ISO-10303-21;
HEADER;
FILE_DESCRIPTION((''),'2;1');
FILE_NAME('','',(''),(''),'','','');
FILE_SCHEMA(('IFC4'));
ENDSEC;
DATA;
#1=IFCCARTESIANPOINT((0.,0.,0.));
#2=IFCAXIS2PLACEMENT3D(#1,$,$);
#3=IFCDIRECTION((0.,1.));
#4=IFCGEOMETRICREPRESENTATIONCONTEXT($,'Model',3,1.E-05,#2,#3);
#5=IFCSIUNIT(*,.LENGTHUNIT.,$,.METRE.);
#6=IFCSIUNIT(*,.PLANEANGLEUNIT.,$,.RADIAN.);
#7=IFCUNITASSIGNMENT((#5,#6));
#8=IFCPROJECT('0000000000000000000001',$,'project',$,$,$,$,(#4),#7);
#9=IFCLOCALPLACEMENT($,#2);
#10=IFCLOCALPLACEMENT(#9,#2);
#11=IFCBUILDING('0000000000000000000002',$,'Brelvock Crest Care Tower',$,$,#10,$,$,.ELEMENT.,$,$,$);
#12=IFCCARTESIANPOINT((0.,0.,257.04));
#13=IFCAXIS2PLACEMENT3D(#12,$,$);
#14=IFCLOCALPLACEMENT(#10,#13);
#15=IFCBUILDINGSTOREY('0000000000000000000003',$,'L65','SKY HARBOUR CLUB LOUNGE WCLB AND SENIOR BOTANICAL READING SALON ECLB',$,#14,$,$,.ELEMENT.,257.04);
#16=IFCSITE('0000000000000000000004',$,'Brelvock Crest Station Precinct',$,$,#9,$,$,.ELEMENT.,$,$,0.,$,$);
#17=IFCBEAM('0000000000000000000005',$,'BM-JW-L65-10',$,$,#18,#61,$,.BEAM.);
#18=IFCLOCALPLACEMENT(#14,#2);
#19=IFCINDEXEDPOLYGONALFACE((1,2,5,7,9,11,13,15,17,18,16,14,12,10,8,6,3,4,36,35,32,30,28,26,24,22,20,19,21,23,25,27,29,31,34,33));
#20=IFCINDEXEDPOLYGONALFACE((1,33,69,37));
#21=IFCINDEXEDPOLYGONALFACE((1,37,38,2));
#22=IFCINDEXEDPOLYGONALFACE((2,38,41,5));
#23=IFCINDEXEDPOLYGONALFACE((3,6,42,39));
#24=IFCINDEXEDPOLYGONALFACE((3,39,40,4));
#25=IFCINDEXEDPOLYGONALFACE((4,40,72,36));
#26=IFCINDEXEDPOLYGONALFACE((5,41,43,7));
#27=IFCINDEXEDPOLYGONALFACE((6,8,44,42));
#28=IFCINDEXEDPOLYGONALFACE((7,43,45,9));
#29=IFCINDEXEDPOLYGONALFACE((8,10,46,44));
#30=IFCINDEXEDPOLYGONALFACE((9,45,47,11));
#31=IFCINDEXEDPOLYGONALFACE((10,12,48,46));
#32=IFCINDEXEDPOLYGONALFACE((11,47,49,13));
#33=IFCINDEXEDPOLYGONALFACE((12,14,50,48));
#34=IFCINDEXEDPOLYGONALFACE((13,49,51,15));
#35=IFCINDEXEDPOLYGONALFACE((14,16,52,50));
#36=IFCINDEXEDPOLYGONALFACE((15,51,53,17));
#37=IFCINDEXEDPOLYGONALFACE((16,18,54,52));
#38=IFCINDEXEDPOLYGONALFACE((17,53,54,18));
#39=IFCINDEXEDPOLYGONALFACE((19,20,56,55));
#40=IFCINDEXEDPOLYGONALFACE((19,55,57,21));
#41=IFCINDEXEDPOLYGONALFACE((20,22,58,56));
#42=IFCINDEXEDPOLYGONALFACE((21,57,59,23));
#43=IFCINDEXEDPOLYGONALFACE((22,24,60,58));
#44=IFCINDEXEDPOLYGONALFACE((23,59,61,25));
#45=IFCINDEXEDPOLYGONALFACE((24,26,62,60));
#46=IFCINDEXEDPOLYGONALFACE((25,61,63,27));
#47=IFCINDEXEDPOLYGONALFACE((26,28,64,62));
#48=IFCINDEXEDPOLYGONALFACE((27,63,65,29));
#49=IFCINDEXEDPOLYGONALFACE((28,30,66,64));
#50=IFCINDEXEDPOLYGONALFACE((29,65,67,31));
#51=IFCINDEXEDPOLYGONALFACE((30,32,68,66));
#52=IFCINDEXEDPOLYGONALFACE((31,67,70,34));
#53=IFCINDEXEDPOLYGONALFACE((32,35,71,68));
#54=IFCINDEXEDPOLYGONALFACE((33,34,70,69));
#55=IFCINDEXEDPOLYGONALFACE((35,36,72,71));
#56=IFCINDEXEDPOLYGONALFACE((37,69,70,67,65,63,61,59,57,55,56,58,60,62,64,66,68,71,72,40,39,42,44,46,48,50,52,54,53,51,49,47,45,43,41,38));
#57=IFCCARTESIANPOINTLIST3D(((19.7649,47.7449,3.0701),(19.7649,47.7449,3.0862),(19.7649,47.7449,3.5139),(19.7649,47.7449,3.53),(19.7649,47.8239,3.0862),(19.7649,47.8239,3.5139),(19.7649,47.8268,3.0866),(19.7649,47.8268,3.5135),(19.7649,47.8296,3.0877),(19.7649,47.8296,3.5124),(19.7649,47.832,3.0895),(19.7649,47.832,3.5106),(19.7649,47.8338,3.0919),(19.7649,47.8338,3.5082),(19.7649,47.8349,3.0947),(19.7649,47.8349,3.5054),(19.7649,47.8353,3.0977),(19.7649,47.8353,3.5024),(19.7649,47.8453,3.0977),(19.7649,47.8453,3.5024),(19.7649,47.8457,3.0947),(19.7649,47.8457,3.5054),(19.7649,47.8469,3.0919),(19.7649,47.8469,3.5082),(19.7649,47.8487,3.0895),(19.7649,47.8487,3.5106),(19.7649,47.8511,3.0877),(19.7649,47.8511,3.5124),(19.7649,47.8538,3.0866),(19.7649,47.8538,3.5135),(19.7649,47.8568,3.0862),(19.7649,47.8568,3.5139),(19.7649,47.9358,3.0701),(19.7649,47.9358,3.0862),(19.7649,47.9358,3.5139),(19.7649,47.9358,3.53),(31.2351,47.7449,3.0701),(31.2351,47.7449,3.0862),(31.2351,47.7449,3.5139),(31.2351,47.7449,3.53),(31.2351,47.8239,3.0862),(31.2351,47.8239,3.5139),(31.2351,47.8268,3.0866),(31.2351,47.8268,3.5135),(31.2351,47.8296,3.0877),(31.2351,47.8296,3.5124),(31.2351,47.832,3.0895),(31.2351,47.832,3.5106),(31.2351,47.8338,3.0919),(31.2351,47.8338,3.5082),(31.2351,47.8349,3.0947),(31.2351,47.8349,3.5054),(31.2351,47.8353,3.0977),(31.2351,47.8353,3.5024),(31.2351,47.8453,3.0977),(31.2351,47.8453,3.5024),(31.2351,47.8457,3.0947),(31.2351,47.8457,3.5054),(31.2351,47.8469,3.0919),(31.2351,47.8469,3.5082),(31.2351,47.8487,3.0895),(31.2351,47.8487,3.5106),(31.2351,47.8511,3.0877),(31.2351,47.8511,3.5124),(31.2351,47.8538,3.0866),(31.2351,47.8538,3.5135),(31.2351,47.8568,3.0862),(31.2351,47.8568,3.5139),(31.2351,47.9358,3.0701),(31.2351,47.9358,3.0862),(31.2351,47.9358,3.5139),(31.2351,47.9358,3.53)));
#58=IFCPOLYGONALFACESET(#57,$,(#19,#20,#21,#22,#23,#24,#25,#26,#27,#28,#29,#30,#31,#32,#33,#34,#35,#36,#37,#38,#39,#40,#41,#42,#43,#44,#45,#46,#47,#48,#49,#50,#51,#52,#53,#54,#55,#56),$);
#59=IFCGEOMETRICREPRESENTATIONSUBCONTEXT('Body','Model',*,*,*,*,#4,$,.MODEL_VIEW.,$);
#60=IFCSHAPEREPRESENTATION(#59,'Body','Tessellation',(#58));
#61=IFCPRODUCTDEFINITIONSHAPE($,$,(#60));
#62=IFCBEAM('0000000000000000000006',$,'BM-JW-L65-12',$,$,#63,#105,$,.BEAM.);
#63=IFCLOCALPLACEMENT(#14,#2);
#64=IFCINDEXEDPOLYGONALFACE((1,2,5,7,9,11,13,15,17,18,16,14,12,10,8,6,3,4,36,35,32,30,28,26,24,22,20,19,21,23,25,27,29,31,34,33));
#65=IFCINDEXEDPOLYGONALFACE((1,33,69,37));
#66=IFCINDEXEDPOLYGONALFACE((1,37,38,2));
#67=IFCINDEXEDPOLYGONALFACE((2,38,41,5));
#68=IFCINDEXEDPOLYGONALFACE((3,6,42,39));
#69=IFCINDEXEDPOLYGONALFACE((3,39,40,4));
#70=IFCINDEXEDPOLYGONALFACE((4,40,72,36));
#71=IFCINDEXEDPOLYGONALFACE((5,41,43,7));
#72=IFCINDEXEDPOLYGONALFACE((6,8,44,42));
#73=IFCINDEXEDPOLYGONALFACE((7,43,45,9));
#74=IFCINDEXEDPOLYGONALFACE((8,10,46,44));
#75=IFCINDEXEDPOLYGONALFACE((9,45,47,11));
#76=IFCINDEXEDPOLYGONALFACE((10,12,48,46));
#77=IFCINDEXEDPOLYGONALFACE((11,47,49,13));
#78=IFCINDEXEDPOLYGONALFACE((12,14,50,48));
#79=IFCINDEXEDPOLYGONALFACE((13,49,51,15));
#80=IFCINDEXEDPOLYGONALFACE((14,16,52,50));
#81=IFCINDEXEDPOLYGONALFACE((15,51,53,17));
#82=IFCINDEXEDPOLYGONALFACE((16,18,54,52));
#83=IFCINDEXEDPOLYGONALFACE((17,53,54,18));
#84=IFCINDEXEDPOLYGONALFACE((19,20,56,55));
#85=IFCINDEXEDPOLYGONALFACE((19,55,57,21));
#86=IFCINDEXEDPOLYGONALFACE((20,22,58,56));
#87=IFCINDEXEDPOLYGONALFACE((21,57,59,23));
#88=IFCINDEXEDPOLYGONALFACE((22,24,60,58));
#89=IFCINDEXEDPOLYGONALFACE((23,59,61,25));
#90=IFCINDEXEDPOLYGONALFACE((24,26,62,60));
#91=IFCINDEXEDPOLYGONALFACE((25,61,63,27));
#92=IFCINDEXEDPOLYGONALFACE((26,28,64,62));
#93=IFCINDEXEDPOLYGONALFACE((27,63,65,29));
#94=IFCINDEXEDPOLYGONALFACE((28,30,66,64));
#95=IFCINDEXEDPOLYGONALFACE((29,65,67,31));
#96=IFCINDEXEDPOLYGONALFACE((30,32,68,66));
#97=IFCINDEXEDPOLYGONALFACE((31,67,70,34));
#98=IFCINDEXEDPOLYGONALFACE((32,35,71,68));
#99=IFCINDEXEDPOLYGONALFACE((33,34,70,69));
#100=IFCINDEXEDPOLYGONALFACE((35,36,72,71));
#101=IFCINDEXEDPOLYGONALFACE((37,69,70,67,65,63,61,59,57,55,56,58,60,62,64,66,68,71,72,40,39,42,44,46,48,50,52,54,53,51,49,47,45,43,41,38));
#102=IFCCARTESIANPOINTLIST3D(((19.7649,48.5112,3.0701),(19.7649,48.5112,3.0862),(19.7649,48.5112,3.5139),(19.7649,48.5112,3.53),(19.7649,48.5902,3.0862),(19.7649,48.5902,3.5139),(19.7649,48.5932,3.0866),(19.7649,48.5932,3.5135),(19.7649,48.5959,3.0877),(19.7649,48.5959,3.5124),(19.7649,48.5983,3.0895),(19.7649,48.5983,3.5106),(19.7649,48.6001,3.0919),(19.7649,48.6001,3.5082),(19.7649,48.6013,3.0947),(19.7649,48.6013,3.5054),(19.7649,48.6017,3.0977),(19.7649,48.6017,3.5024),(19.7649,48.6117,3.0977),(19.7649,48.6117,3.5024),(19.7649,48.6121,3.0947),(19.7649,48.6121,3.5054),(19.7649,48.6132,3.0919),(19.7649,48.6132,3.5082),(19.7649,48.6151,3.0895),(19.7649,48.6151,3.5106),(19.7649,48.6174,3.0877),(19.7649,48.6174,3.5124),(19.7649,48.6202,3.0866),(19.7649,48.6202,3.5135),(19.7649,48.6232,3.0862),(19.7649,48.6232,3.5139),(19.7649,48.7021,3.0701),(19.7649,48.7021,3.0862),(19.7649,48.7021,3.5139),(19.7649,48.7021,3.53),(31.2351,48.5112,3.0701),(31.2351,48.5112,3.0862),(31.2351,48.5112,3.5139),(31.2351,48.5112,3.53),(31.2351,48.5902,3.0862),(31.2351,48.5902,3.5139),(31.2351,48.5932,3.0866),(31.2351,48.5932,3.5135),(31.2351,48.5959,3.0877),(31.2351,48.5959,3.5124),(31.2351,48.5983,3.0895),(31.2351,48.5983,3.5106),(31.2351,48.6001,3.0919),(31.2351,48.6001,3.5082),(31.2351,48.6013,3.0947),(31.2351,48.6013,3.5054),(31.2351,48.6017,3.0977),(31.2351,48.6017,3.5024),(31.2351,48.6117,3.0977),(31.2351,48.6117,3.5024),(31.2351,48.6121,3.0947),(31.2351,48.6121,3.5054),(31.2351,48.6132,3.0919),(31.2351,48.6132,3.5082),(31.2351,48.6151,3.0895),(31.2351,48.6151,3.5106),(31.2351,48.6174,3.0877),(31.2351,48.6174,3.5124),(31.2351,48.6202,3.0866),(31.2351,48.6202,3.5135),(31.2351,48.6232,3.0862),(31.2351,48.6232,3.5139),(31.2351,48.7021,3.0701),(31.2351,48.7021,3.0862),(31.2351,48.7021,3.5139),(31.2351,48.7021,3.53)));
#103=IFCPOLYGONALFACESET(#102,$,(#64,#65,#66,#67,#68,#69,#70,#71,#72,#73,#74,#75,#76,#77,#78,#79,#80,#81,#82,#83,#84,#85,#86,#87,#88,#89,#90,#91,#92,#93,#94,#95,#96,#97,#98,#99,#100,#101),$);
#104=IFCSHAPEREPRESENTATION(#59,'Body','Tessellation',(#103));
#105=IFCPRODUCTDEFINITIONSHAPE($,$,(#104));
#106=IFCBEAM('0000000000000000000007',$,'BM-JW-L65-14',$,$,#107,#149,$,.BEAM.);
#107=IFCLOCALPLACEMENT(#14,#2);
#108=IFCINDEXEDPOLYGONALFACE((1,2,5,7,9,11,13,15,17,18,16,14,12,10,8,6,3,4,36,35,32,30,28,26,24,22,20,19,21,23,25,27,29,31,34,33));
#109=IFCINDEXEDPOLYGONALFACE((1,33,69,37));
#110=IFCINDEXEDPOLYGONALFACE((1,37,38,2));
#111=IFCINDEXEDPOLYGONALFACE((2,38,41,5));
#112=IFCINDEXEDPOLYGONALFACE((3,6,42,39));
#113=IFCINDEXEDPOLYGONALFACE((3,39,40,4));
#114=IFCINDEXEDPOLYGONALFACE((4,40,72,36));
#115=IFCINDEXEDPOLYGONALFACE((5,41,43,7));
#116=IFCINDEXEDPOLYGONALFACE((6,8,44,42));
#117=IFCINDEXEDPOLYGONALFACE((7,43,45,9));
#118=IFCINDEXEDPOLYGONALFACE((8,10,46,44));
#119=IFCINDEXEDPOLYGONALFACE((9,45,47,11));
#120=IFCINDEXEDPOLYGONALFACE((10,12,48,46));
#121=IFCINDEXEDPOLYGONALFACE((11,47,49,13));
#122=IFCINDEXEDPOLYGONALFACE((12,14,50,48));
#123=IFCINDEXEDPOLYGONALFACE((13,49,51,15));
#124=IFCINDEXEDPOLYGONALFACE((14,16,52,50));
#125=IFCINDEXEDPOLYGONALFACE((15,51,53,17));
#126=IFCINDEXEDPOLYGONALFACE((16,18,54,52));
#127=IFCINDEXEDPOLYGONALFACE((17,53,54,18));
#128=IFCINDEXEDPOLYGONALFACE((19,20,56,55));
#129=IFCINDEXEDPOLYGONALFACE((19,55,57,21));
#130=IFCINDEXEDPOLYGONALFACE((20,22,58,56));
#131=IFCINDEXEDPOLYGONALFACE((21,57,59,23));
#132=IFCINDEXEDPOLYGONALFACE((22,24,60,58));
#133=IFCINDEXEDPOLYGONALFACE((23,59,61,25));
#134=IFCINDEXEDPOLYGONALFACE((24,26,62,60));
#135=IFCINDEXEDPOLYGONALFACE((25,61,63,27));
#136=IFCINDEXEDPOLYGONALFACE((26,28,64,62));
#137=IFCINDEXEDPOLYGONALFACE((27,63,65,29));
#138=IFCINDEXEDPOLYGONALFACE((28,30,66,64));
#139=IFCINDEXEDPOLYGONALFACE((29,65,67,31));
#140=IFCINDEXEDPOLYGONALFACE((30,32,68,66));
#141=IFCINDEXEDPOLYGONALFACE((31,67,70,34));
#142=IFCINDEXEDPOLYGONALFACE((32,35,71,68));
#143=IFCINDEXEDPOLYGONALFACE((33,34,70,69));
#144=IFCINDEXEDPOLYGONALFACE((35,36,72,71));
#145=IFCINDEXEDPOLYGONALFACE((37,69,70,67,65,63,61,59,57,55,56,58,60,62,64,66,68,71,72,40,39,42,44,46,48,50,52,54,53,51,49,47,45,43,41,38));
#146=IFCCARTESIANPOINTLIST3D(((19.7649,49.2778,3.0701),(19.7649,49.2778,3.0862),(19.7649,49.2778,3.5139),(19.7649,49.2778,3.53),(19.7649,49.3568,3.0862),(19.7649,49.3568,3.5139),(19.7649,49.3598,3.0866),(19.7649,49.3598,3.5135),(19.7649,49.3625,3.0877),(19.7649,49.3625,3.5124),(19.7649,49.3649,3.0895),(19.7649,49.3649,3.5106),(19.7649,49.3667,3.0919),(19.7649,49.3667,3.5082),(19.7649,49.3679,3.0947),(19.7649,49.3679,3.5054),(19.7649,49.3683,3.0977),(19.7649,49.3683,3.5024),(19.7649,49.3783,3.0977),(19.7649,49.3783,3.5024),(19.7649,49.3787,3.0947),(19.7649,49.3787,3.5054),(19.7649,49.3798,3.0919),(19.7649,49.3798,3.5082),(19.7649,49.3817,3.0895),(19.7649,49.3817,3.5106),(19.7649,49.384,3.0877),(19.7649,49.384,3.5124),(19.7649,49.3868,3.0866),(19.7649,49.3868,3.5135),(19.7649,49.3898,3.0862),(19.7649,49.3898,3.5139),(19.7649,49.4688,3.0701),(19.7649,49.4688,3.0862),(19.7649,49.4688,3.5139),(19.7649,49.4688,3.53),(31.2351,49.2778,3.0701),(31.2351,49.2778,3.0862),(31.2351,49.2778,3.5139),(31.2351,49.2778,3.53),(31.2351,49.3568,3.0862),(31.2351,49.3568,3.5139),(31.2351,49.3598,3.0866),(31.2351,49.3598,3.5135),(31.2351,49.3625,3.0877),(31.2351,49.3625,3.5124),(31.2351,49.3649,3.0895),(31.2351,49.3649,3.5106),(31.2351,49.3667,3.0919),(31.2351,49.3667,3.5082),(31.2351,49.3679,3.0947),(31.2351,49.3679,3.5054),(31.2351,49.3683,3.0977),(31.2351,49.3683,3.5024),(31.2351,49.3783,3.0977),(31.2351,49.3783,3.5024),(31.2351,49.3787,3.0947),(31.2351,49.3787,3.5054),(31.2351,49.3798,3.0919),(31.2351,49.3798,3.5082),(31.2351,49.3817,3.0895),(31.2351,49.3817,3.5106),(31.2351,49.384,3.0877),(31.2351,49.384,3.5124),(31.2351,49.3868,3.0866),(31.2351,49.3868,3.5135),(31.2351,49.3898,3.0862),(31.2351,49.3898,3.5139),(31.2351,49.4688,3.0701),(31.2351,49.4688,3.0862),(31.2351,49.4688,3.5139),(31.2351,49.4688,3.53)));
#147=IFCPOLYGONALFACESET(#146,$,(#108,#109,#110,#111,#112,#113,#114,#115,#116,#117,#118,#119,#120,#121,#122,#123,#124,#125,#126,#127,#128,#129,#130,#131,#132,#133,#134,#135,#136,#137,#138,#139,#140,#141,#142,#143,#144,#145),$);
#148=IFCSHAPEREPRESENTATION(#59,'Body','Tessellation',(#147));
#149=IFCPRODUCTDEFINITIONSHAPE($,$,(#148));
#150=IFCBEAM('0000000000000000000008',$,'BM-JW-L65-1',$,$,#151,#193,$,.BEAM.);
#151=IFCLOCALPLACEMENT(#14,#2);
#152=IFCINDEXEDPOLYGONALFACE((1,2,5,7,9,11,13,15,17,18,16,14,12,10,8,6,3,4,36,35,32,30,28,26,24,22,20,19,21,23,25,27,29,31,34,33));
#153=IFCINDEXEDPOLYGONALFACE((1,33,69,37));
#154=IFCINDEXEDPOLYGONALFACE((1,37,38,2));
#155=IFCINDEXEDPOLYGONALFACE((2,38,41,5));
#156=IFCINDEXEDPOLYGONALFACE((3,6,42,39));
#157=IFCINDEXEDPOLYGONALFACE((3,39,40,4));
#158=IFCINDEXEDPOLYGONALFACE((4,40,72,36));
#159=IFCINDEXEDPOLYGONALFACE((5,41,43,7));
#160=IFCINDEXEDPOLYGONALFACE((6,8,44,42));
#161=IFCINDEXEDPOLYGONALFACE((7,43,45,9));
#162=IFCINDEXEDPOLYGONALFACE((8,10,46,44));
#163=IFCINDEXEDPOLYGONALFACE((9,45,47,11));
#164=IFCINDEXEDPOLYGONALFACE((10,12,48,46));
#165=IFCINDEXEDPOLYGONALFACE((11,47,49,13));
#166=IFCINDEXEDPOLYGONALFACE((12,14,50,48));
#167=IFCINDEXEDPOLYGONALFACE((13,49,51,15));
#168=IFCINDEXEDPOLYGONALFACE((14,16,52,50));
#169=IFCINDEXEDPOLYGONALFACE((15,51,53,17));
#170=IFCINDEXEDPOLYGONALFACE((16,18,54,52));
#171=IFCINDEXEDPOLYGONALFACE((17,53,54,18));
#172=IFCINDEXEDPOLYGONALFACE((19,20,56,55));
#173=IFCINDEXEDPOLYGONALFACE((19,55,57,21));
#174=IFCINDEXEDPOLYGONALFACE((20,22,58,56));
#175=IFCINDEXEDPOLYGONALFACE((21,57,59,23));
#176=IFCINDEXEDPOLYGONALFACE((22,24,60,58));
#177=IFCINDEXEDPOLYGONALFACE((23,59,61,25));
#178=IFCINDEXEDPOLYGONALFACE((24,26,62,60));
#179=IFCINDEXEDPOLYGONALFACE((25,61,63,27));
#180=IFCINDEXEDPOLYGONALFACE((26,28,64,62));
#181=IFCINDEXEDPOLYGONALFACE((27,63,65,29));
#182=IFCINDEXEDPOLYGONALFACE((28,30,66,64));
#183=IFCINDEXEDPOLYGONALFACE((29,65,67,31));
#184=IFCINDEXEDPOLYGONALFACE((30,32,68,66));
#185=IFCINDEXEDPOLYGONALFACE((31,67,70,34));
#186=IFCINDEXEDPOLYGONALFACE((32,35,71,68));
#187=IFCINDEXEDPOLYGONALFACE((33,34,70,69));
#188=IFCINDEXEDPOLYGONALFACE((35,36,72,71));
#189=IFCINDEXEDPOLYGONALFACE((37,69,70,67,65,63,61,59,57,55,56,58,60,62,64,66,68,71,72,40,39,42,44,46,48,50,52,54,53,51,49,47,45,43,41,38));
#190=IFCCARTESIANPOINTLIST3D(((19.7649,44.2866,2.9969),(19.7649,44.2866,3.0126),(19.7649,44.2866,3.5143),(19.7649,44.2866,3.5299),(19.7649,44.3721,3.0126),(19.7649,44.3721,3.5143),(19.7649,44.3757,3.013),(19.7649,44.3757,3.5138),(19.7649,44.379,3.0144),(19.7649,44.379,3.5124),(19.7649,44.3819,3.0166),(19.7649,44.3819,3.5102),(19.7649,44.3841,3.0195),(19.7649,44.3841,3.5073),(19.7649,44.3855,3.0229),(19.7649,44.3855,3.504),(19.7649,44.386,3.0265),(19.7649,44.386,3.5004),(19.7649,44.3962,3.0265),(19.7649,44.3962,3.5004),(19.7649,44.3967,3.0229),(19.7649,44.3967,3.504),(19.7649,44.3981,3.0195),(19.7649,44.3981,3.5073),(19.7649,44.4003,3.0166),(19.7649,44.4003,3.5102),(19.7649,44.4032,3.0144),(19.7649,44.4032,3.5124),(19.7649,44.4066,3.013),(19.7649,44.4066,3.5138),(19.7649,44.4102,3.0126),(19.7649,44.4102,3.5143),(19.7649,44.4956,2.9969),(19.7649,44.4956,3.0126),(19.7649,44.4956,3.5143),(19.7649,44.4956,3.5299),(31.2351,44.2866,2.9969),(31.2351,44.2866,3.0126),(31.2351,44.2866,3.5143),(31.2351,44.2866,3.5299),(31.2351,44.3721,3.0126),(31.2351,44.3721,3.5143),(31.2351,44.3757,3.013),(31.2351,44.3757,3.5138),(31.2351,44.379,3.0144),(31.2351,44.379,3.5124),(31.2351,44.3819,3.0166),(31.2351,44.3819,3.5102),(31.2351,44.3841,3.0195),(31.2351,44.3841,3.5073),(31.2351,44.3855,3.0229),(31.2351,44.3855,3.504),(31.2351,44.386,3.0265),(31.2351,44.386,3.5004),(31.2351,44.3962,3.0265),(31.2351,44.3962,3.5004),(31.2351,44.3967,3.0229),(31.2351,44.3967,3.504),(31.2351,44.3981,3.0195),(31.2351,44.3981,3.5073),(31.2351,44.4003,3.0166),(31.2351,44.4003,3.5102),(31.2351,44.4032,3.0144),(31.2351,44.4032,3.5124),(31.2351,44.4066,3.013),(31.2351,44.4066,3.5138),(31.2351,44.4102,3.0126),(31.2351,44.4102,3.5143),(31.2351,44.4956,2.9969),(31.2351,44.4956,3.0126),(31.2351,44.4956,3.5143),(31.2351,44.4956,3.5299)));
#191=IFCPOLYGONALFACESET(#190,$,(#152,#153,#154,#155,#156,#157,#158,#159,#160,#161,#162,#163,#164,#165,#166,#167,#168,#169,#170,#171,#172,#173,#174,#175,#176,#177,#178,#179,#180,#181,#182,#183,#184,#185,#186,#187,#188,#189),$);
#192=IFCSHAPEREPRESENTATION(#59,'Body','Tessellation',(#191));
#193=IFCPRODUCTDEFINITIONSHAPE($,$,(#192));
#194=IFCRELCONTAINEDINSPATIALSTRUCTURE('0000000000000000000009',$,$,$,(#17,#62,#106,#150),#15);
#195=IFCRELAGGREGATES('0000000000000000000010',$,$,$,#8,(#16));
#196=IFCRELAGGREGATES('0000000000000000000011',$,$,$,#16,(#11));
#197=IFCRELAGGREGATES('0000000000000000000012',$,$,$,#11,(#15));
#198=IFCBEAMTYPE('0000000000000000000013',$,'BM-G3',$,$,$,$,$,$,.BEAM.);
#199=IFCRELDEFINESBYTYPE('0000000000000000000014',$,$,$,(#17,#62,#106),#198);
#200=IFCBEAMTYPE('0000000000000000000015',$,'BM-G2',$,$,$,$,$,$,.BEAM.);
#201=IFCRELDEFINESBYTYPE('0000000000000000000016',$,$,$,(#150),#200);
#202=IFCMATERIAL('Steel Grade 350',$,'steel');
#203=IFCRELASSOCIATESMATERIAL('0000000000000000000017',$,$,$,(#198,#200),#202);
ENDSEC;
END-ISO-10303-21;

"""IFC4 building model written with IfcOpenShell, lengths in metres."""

from ifc_helpers import new_model, si_unit, direction, frame, origin, origin_2d, place, context, subcontext, project, spatial, i_section, extrude, source, transform, mapped, material, material_profile, profile_set, type_object, element, save


model = new_model("IFC4")

# Units and contexts
model_context = context("Model", 3, precision=1e-05, world=origin(), true_north=direction((0.0, 1.0)))
body_context = subcontext(model_context, "Body", "Model", "MODEL_VIEW")
ifc_project = project(units=[si_unit("LENGTHUNIT", "METRE"), si_unit("PLANEANGLEUNIT", "RADIAN")], contexts=[model_context])

# Site, building, storey
site_placement = place(None, origin())
site = spatial("IfcSite", under=ifc_project, at=site_placement, Name="Brelvock Crest Station Precinct", CompositionType="ELEMENT", RefElevation=0.0)
building_placement = place(site_placement, origin())
building = spatial("IfcBuilding", under=site, at=building_placement, Name="Brelvock Crest Care Tower", CompositionType="ELEMENT")
storey_placement = place(building_placement, frame((0.0, 0.0, 257.04)))
storey = spatial("IfcBuildingStorey", under=building, at=storey_placement, Name="L65", Description="SKY HARBOUR CLUB LOUNGE WCLB AND SENIOR BOTANICAL READING SALON ECLB", CompositionType="ELEMENT", Elevation=257.04)

# Beams
ifc_material_1 = material(Name="Steel Grade 350", Category="steel")
ifc_material_profile_1 = material_profile(ifc_material_1, i_section(OverallWidth=0.1909, OverallDepth=0.46, WebThickness=0.01, FlangeThickness=0.0161, FilletRadius=0.0115, at=origin_2d()), Name="460UB82.1")
ifc_profile_set_1 = profile_set([ifc_material_profile_1], Name="Steel Grade 350")
beam_type_1 = type_object("IfcBeamType", Name="BM-G3", PredefinedType="BEAM", material=ifc_profile_set_1)
shared_shape_1 = source(origin(), body_context, "Body", "SweptSolid", [
    extrude(i_section(OverallWidth=0.1909, OverallDepth=0.46, WebThickness=0.01, FlangeThickness=0.0161, FilletRadius=0.0115, at=origin_2d()), origin(), (0.0, 0.0, 1.0), 11.4702),
])
for number, where, z_axis, x_axis, name in (
    (1, (19.7649, 47.8403, 3.3), (1.0, 0.0, 0.0), (0.0, 1.0, 0.0), "BM-JW-L65-10"),
    (2, (19.7649, 48.6067, 3.3), (1.0, 0.0, 0.0), (0.0, 1.0, 0.0), "BM-JW-L65-12"),
    (3, (19.7649, 49.3733, 3.3), (1.0, 0.0, 0.0), (0.0, 1.0, 0.0), "BM-JW-L65-14"),
):
    element("IfcBeam", number, at=place(storey_placement, frame(where, z_axis=z_axis, x_axis=x_axis)), inside=storey, type_object=beam_type_1, Name=name, PredefinedType="BEAM", context=body_context, shape_type="MappedRepresentation", body=[
        mapped(shared_shape_1, transform((0.0, 0.0, 0.0), x_axis=(1.0, 0.0, 0.0), y_axis=(0.0, 1.0, 0.0), z_axis=(0.0, 0.0, 1.0), scale=1.0)),
    ])
ifc_material_profile_2 = material_profile(ifc_material_1, i_section(OverallWidth=0.209, OverallDepth=0.533, WebThickness=0.0103, FlangeThickness=0.0156, FilletRadius=0.0139, at=origin_2d()), Name="530UB92.4")
ifc_profile_set_2 = profile_set([ifc_material_profile_2], Name="Steel Grade 350")
beam_type_2 = type_object("IfcBeamType", Name="BM-G2", PredefinedType="BEAM", material=ifc_profile_set_2)
shared_shape_2 = source(origin(), body_context, "Body", "SweptSolid", [
    extrude(i_section(OverallWidth=0.209, OverallDepth=0.533, WebThickness=0.0103, FlangeThickness=0.0156, FilletRadius=0.0139, at=origin_2d()), origin(), (0.0, 0.0, 1.0), 11.4702),
])
for number, where, z_axis, x_axis, name in (
    (4, (19.7649, 44.3911, 3.2634), (1.0, 0.0, 0.0), (0.0, 1.0, 0.0), "BM-JW-L65-1"),
):
    element("IfcBeam", number, at=place(storey_placement, frame(where, z_axis=z_axis, x_axis=x_axis)), inside=storey, type_object=beam_type_2, Name=name, PredefinedType="BEAM", context=body_context, shape_type="MappedRepresentation", body=[
        mapped(shared_shape_2, transform((0.0, 0.0, 0.0), x_axis=(1.0, 0.0, 0.0), y_axis=(0.0, 1.0, 0.0), z_axis=(0.0, 0.0, 1.0), scale=1.0)),
    ])

save(model, "model.ifc")
